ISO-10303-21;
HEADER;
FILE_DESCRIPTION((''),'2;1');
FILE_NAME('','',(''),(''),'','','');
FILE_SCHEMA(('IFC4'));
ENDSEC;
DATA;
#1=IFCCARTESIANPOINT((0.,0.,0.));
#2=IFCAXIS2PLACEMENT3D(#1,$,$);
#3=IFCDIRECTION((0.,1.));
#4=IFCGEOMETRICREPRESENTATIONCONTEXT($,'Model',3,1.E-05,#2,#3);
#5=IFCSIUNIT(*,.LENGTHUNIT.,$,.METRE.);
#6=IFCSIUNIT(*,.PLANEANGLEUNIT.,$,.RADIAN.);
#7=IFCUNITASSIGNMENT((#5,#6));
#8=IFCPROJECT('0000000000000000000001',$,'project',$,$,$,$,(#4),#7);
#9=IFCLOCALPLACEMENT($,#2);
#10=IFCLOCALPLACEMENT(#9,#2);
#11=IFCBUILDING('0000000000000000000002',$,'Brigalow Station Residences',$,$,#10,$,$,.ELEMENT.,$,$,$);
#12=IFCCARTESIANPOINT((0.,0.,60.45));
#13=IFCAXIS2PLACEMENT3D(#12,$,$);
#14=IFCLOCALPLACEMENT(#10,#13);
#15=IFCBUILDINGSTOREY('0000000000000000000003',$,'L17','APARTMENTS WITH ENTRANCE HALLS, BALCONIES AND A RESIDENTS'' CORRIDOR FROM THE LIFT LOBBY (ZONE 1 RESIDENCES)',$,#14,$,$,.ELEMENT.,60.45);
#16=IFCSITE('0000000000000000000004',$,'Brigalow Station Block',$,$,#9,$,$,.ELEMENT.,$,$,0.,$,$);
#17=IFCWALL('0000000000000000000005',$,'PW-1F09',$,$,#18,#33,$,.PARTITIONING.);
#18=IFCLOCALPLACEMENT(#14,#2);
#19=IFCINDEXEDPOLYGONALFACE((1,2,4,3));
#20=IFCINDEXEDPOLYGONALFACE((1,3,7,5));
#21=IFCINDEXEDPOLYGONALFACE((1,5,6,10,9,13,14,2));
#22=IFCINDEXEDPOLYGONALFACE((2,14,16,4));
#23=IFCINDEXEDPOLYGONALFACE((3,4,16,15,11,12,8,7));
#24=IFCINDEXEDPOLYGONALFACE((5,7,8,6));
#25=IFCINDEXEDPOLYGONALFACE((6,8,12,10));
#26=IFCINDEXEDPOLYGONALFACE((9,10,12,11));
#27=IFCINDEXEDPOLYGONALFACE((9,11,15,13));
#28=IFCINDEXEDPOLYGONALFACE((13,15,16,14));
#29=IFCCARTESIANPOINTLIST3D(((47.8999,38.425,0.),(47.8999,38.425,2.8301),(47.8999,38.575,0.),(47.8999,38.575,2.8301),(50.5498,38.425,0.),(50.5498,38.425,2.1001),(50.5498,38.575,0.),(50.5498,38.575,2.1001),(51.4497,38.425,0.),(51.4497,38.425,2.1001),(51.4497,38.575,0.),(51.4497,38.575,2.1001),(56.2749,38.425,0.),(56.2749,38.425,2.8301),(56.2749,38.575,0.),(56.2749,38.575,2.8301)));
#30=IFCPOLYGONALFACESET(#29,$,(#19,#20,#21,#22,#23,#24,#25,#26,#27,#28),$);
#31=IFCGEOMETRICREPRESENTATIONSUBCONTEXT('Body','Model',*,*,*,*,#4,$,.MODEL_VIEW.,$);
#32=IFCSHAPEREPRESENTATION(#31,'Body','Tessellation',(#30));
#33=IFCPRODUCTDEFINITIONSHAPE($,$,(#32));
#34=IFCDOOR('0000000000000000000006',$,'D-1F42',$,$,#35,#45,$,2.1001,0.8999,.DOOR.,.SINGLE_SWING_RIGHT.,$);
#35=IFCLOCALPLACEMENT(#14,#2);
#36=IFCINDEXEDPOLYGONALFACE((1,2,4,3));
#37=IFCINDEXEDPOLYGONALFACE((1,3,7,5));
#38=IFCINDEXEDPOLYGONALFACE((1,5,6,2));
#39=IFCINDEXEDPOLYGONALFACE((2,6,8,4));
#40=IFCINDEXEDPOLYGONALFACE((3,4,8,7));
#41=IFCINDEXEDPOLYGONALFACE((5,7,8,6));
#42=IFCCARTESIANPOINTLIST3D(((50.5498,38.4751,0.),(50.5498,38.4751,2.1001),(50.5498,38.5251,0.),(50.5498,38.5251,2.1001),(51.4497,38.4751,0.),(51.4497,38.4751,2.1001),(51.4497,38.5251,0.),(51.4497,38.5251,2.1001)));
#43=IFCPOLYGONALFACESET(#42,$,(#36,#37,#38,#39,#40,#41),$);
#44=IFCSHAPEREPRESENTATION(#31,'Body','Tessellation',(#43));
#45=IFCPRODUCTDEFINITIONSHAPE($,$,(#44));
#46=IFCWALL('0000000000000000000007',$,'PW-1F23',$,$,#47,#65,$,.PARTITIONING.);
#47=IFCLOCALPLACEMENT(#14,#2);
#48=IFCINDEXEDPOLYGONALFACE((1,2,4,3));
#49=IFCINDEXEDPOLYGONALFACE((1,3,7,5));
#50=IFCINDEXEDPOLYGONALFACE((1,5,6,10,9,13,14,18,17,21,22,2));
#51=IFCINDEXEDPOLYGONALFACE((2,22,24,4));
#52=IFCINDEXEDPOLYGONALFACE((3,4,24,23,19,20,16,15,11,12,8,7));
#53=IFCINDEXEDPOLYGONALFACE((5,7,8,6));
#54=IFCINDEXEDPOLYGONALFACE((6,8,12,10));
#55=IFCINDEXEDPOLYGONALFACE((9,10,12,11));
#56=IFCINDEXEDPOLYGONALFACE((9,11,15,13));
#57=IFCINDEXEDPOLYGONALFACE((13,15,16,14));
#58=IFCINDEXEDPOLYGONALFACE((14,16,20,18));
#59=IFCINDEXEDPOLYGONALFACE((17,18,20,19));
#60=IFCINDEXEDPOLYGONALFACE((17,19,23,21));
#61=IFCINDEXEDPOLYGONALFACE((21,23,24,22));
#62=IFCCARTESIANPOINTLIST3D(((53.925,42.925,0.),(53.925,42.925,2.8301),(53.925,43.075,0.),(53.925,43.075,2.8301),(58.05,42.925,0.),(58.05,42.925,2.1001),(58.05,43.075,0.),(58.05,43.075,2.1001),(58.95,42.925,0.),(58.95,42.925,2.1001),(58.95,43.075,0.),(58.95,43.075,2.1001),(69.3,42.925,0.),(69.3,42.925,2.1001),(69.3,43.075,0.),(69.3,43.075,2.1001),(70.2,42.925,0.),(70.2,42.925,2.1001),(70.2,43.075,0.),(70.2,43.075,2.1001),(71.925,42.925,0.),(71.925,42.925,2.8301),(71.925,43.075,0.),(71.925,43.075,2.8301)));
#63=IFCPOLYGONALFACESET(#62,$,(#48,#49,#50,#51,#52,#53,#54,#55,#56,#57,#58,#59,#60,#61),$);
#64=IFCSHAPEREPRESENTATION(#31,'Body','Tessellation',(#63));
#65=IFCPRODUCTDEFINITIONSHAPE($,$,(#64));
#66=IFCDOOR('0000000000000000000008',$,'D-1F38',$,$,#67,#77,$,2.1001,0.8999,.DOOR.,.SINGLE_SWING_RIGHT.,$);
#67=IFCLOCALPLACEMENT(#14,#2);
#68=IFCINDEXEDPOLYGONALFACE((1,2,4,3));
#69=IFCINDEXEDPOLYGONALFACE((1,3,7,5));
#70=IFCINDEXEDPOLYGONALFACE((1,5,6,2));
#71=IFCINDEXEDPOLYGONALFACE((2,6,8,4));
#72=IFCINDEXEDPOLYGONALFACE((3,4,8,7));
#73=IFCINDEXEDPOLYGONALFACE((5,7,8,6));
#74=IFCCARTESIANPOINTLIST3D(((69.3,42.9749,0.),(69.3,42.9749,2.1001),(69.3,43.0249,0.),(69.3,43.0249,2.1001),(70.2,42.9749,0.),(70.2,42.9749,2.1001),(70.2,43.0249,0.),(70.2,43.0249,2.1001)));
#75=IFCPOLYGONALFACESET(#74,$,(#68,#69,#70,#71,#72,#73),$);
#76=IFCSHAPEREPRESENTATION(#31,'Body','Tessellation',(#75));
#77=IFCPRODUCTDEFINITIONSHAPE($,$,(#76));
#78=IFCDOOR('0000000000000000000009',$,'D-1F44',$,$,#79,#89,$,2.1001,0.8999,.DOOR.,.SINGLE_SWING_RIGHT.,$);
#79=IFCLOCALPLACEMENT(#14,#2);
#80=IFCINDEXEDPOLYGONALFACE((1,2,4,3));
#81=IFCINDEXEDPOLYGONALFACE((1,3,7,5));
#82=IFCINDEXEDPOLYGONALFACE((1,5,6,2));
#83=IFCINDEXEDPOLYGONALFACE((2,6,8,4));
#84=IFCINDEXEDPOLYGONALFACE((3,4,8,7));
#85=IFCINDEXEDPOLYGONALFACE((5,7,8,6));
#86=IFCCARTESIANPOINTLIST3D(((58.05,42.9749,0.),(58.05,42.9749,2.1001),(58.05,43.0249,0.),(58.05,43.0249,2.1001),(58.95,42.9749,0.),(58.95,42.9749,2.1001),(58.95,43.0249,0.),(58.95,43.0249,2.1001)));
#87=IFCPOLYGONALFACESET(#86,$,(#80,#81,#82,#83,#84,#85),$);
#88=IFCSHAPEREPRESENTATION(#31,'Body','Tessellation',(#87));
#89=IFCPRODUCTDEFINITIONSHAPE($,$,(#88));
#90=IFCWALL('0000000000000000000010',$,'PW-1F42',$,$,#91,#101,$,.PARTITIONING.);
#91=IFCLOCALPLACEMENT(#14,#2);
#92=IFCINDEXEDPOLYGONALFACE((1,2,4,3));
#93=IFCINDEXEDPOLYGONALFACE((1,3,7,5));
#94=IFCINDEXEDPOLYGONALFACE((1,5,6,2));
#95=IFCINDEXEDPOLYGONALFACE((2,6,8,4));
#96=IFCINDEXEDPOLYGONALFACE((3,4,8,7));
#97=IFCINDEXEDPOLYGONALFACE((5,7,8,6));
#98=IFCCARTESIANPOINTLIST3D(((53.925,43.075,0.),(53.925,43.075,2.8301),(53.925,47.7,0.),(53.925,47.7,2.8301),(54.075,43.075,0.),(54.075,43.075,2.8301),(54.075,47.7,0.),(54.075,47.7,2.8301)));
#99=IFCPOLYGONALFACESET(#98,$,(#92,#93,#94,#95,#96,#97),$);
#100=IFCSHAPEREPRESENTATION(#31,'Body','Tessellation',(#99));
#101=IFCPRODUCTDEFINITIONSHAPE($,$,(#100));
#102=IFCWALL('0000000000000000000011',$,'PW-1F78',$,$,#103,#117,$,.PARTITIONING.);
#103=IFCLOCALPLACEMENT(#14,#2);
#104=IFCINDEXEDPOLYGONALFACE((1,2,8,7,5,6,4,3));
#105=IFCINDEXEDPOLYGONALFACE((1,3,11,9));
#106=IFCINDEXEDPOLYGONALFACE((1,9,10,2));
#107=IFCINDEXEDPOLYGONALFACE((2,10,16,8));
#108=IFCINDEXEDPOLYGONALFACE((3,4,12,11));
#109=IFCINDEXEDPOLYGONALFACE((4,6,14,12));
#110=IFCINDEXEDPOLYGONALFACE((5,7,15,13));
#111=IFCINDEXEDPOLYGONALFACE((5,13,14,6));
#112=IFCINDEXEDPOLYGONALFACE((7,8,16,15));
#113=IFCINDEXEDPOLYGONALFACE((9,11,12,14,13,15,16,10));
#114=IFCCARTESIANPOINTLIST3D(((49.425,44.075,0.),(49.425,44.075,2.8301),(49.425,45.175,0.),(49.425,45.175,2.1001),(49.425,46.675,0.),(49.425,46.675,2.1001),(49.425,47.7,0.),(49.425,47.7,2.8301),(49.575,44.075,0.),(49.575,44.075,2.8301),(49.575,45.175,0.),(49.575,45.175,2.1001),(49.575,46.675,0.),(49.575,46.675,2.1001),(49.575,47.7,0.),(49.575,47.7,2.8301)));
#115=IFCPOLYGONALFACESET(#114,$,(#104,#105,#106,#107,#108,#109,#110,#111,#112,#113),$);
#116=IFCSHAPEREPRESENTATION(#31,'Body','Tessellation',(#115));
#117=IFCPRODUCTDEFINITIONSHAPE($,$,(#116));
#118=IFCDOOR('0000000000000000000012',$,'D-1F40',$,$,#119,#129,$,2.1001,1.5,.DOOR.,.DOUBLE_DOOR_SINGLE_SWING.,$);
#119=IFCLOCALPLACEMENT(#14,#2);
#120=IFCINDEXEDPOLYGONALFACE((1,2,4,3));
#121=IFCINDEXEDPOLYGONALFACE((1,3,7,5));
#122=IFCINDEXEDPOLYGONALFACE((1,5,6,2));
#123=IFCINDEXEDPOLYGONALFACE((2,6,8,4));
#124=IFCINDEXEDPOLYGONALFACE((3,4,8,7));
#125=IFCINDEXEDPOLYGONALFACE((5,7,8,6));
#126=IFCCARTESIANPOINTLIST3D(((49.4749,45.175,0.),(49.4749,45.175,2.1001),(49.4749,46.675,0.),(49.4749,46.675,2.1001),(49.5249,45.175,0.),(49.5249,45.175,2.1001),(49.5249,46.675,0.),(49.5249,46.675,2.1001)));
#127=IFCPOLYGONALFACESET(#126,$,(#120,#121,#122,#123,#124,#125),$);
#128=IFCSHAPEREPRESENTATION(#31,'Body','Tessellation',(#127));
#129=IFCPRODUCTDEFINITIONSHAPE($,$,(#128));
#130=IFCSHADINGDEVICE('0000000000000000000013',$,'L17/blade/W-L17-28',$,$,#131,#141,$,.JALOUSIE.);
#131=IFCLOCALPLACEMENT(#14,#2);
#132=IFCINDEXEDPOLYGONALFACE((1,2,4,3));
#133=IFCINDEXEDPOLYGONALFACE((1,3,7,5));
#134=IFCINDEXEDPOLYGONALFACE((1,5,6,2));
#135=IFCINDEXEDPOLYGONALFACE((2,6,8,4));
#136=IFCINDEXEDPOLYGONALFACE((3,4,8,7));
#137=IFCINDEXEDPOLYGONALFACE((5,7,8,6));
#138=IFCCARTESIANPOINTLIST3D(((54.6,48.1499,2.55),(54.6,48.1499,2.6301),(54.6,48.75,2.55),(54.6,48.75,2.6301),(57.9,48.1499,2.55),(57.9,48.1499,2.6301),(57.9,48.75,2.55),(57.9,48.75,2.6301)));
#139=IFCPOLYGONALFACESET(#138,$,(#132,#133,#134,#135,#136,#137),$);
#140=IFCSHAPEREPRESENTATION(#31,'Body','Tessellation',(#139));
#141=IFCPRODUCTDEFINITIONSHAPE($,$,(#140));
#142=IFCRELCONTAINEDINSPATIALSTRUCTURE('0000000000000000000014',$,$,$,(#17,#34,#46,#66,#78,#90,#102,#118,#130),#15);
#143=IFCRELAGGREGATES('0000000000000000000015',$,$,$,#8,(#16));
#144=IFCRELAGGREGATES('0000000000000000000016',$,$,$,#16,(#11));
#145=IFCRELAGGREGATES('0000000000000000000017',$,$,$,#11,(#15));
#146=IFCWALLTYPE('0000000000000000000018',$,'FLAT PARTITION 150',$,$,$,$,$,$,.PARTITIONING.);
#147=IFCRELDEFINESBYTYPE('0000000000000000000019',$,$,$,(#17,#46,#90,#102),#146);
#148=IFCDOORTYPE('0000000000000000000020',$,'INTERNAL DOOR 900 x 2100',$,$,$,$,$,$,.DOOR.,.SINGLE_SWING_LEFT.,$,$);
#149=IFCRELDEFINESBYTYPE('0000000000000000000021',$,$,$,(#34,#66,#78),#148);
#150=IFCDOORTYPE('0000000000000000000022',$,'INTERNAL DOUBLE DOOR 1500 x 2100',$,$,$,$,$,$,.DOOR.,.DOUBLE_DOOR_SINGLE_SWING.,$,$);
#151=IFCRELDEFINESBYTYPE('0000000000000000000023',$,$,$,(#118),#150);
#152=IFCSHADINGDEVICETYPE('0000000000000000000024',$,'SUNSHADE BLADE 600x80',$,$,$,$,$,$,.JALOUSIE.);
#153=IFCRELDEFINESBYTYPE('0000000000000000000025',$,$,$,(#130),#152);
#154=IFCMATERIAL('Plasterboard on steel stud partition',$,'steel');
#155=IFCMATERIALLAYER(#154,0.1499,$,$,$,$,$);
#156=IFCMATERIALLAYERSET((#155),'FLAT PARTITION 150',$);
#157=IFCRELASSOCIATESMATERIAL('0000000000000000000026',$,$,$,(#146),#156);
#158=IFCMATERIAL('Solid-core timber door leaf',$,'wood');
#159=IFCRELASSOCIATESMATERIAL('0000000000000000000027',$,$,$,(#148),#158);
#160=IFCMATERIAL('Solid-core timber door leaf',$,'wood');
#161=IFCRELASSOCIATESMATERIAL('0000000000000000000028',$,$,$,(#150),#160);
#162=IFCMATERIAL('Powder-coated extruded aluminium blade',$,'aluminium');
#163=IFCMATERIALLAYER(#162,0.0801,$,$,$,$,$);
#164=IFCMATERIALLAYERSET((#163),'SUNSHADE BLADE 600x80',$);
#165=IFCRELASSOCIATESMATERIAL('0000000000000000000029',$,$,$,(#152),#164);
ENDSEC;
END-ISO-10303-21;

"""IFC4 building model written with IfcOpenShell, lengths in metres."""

from ifc_helpers import new_model, si_unit, direction, frame, frame_2d, origin, origin_2d, place, context, subcontext, project, spatial, rectangle, extrude, material, layer, layer_set, type_object, element, fill, save


model = new_model("IFC4")

# Units and contexts
model_context = context("Model", 3, precision=1e-05, world=origin(), true_north=direction((0.0, 1.0)))
body_context = subcontext(model_context, "Body", "Model", "MODEL_VIEW")
ifc_project = project(units=[si_unit("LENGTHUNIT", "METRE"), si_unit("PLANEANGLEUNIT", "RADIAN")], contexts=[model_context])

# Site, building, storey
site_placement = place(None, origin())
site = spatial("IfcSite", under=ifc_project, at=site_placement, Name="Brigalow Station Block", CompositionType="ELEMENT", RefElevation=0.0)
building_placement = place(site_placement, origin())
building = spatial("IfcBuilding", under=site, at=building_placement, Name="Brigalow Station Residences", CompositionType="ELEMENT")
storey_placement = place(building_placement, frame((0.0, 0.0, 60.45)))
storey = spatial("IfcBuildingStorey", under=building, at=storey_placement, Name="L17", Description="APARTMENTS WITH ENTRANCE HALLS, BALCONIES AND A RESIDENTS' CORRIDOR FROM THE LIFT LOBBY (ZONE 1 RESIDENCES)", CompositionType="ELEMENT", Elevation=60.45)

# Wall, opening, door
ifc_material_1 = material(Name="Plasterboard on steel stud partition", Category="steel")
ifc_layer_1 = layer(ifc_material_1, 0.1499)
ifc_layer_set_1 = layer_set([ifc_layer_1], Name="FLAT PARTITION 150")
wall_type_1 = type_object("IfcWallType", Name="FLAT PARTITION 150", PredefinedType="PARTITIONING", material=ifc_layer_set_1)
wall_1_placement = place(storey_placement, frame((47.8999, 38.5, 0.0), z_axis=(0.0, 0.0, 1.0), x_axis=(1.0, 0.0, 0.0)))
wall_1 = element("IfcWall", 1, at=wall_1_placement, inside=storey, type_object=wall_type_1, Name="PW-1F09", PredefinedType="PARTITIONING", context=body_context, shape_type="SweptSolid", body=[
    extrude(rectangle(XDim=8.375, YDim=0.1499, at=frame_2d((4.1875, 0.0))), origin(), (0.0, 0.0, 1.0), 2.8301),
])
opening_1_placement = place(wall_1_placement, frame((2.6499, 0.0, 0.0)))
opening_1 = element("IfcOpeningElement", 2, at=opening_1_placement, cuts=wall_1, PredefinedType="OPENING", context=body_context, shape_type="SweptSolid", body=[
    extrude(rectangle(XDim=0.8999, YDim=2.1001, at=frame_2d((0.45, 1.05))), frame((0.0, 0.085, 0.0), z_axis=(0.0, -1.0, 0.0), x_axis=(1.0, 0.0, 0.0)), (0.0, 0.0, 1.0), 0.1699),
])
ifc_material_2 = material(Name="Solid-core timber door leaf", Category="wood")
door_type_1 = type_object("IfcDoorType", Name="INTERNAL DOOR 900 x 2100", OperationType="SINGLE_SWING_LEFT", PredefinedType="DOOR", material=ifc_material_2)
door_1_placement = place(opening_1_placement, frame((0.8999, 0.0, 0.0), z_axis=(0.0, 0.0, 1.0), x_axis=(-1.0, 0.0, 0.0)))
door_1 = element("IfcDoor", 3, at=door_1_placement, inside=storey, type_object=door_type_1, Name="D-1F42", OperationType="SINGLE_SWING_RIGHT", OverallHeight=2.1001, OverallWidth=0.8999, PredefinedType="DOOR", context=body_context, shape_type="SweptSolid", body=[
    extrude(rectangle(XDim=0.8999, YDim=2.1001, at=frame_2d((0.45, 1.05))), frame((0.0, 0.0249, 0.0), z_axis=(0.0, -1.0, 0.0), x_axis=(1.0, 0.0, 0.0)), (0.0, 0.0, 1.0), 0.05),
])
fill(opening_1, door_1)

# Wall, openings, doors
wall_2_placement = place(storey_placement, frame((53.925, 43.0, 0.0), z_axis=(0.0, 0.0, 1.0), x_axis=(1.0, 0.0, 0.0)))
wall_2 = element("IfcWall", 4, at=wall_2_placement, inside=storey, type_object=wall_type_1, Name="PW-1F23", PredefinedType="PARTITIONING", context=body_context, shape_type="SweptSolid", body=[
    extrude(rectangle(XDim=18.0, YDim=0.1499, at=frame_2d((9.0, 0.0))), origin(), (0.0, 0.0, 1.0), 2.8301),
])
opening_2_placement = place(wall_2_placement, frame((15.375, 0.0, 0.0)))
opening_2 = element("IfcOpeningElement", 5, at=opening_2_placement, cuts=wall_2, PredefinedType="OPENING", context=body_context, shape_type="SweptSolid", body=[
    extrude(rectangle(XDim=0.8999, YDim=2.1001, at=frame_2d((0.45, 1.05))), frame((0.0, 0.085, 0.0), z_axis=(0.0, -1.0, 0.0), x_axis=(1.0, 0.0, 0.0)), (0.0, 0.0, 1.0), 0.1699),
])
opening_3_placement = place(wall_2_placement, frame((4.125, 0.0, 0.0)))
opening_3 = element("IfcOpeningElement", 6, at=opening_3_placement, cuts=wall_2, PredefinedType="OPENING", context=body_context, shape_type="SweptSolid", body=[
    extrude(rectangle(XDim=0.8999, YDim=2.1001, at=frame_2d((0.45, 1.05))), frame((0.0, 0.085, 0.0), z_axis=(0.0, -1.0, 0.0), x_axis=(1.0, 0.0, 0.0)), (0.0, 0.0, 1.0), 0.1699),
])
door_2_placement = place(opening_2_placement, origin())
door_2 = element("IfcDoor", 7, at=door_2_placement, inside=storey, type_object=door_type_1, Name="D-1F38", OperationType="SINGLE_SWING_RIGHT", OverallHeight=2.1001, OverallWidth=0.8999, PredefinedType="DOOR", context=body_context, shape_type="SweptSolid", body=[
    extrude(rectangle(XDim=0.8999, YDim=2.1001, at=frame_2d((0.45, 1.05))), frame((0.0, 0.0249, 0.0), z_axis=(0.0, -1.0, 0.0), x_axis=(1.0, 0.0, 0.0)), (0.0, 0.0, 1.0), 0.05),
])
fill(opening_2, door_2)
door_3_placement = place(opening_3_placement, origin())
door_3 = element("IfcDoor", 8, at=door_3_placement, inside=storey, type_object=door_type_1, Name="D-1F44", OperationType="SINGLE_SWING_RIGHT", OverallHeight=2.1001, OverallWidth=0.8999, PredefinedType="DOOR", context=body_context, shape_type="SweptSolid", body=[
    extrude(rectangle(XDim=0.8999, YDim=2.1001, at=frame_2d((0.45, 1.05))), frame((0.0, 0.0249, 0.0), z_axis=(0.0, -1.0, 0.0), x_axis=(1.0, 0.0, 0.0)), (0.0, 0.0, 1.0), 0.05),
])
fill(opening_3, door_3)

# Wall
wall_3_placement = place(storey_placement, frame((54.0, 43.075, 0.0), z_axis=(0.0, 0.0, 1.0), x_axis=(0.0, 1.0, 0.0)))
element("IfcWall", 9, at=wall_3_placement, inside=storey, type_object=wall_type_1, Name="PW-1F42", PredefinedType="PARTITIONING", context=body_context, shape_type="SweptSolid", body=[
    extrude(rectangle(XDim=4.625, YDim=0.1499, at=frame_2d((2.3125, 0.0))), origin(), (0.0, 0.0, 1.0), 2.8301),
])

# Wall, opening, door
wall_4_placement = place(storey_placement, frame((49.5, 44.075, 0.0), z_axis=(0.0, 0.0, 1.0), x_axis=(0.0, 1.0, 0.0)))
wall_4 = element("IfcWall", 10, at=wall_4_placement, inside=storey, type_object=wall_type_1, Name="PW-1F78", PredefinedType="PARTITIONING", context=body_context, shape_type="SweptSolid", body=[
    extrude(rectangle(XDim=3.625, YDim=0.1499, at=frame_2d((1.8125, 0.0))), origin(), (0.0, 0.0, 1.0), 2.8301),
])
opening_4_placement = place(wall_4_placement, frame((1.1001, 0.0, 0.0)))
opening_4 = element("IfcOpeningElement", 11, at=opening_4_placement, cuts=wall_4, PredefinedType="OPENING", context=body_context, shape_type="SweptSolid", body=[
    extrude(rectangle(XDim=1.5, YDim=2.1001, at=frame_2d((0.75, 1.05))), frame((0.0, 0.085, 0.0), z_axis=(0.0, -1.0, 0.0), x_axis=(1.0, 0.0, 0.0)), (0.0, 0.0, 1.0), 0.1699),
])
ifc_material_3 = material(Name="Solid-core timber door leaf", Category="wood")
door_type_2 = type_object("IfcDoorType", Name="INTERNAL DOUBLE DOOR 1500 x 2100", OperationType="DOUBLE_DOOR_SINGLE_SWING", PredefinedType="DOOR", material=ifc_material_3)
door_4_placement = place(opening_4_placement, frame((1.5, 0.0, 0.0), z_axis=(0.0, 0.0, 1.0), x_axis=(-1.0, 0.0, 0.0)))
door_4 = element("IfcDoor", 12, at=door_4_placement, inside=storey, type_object=door_type_2, Name="D-1F40", OperationType="DOUBLE_DOOR_SINGLE_SWING", OverallHeight=2.1001, OverallWidth=1.5, PredefinedType="DOOR", context=body_context, shape_type="SweptSolid", body=[
    extrude(rectangle(XDim=1.5, YDim=2.1001, at=frame_2d((0.75, 1.05))), frame((0.0, 0.0249, 0.0), z_axis=(0.0, -1.0, 0.0), x_axis=(1.0, 0.0, 0.0)), (0.0, 0.0, 1.0), 0.05),
])
fill(opening_4, door_4)

# Shading device
ifc_material_4 = material(Name="Powder-coated extruded aluminium blade", Category="aluminium")
ifc_layer_2 = layer(ifc_material_4, 0.0801)
ifc_layer_set_2 = layer_set([ifc_layer_2], Name="SUNSHADE BLADE 600x80")
shading_device_type = type_object("IfcShadingDeviceType", Name="SUNSHADE BLADE 600x80", PredefinedType="JALOUSIE", material=ifc_layer_set_2)
shading_device_placement = place(storey_placement, frame((56.25, 48.45, 2.55), z_axis=(0.0, 0.0, 1.0), x_axis=(-1.0, 0.0, 0.0)))
element("IfcShadingDevice", 13, at=shading_device_placement, inside=storey, type_object=shading_device_type, Name="L17/blade/W-L17-28", PredefinedType="JALOUSIE", context=body_context, shape_type="SweptSolid", body=[
    extrude(rectangle(XDim=3.3, YDim=0.6001, at=origin_2d()), origin(), (0.0, 0.0, 1.0), 0.0801),
])

save(model, "model.ifc")
